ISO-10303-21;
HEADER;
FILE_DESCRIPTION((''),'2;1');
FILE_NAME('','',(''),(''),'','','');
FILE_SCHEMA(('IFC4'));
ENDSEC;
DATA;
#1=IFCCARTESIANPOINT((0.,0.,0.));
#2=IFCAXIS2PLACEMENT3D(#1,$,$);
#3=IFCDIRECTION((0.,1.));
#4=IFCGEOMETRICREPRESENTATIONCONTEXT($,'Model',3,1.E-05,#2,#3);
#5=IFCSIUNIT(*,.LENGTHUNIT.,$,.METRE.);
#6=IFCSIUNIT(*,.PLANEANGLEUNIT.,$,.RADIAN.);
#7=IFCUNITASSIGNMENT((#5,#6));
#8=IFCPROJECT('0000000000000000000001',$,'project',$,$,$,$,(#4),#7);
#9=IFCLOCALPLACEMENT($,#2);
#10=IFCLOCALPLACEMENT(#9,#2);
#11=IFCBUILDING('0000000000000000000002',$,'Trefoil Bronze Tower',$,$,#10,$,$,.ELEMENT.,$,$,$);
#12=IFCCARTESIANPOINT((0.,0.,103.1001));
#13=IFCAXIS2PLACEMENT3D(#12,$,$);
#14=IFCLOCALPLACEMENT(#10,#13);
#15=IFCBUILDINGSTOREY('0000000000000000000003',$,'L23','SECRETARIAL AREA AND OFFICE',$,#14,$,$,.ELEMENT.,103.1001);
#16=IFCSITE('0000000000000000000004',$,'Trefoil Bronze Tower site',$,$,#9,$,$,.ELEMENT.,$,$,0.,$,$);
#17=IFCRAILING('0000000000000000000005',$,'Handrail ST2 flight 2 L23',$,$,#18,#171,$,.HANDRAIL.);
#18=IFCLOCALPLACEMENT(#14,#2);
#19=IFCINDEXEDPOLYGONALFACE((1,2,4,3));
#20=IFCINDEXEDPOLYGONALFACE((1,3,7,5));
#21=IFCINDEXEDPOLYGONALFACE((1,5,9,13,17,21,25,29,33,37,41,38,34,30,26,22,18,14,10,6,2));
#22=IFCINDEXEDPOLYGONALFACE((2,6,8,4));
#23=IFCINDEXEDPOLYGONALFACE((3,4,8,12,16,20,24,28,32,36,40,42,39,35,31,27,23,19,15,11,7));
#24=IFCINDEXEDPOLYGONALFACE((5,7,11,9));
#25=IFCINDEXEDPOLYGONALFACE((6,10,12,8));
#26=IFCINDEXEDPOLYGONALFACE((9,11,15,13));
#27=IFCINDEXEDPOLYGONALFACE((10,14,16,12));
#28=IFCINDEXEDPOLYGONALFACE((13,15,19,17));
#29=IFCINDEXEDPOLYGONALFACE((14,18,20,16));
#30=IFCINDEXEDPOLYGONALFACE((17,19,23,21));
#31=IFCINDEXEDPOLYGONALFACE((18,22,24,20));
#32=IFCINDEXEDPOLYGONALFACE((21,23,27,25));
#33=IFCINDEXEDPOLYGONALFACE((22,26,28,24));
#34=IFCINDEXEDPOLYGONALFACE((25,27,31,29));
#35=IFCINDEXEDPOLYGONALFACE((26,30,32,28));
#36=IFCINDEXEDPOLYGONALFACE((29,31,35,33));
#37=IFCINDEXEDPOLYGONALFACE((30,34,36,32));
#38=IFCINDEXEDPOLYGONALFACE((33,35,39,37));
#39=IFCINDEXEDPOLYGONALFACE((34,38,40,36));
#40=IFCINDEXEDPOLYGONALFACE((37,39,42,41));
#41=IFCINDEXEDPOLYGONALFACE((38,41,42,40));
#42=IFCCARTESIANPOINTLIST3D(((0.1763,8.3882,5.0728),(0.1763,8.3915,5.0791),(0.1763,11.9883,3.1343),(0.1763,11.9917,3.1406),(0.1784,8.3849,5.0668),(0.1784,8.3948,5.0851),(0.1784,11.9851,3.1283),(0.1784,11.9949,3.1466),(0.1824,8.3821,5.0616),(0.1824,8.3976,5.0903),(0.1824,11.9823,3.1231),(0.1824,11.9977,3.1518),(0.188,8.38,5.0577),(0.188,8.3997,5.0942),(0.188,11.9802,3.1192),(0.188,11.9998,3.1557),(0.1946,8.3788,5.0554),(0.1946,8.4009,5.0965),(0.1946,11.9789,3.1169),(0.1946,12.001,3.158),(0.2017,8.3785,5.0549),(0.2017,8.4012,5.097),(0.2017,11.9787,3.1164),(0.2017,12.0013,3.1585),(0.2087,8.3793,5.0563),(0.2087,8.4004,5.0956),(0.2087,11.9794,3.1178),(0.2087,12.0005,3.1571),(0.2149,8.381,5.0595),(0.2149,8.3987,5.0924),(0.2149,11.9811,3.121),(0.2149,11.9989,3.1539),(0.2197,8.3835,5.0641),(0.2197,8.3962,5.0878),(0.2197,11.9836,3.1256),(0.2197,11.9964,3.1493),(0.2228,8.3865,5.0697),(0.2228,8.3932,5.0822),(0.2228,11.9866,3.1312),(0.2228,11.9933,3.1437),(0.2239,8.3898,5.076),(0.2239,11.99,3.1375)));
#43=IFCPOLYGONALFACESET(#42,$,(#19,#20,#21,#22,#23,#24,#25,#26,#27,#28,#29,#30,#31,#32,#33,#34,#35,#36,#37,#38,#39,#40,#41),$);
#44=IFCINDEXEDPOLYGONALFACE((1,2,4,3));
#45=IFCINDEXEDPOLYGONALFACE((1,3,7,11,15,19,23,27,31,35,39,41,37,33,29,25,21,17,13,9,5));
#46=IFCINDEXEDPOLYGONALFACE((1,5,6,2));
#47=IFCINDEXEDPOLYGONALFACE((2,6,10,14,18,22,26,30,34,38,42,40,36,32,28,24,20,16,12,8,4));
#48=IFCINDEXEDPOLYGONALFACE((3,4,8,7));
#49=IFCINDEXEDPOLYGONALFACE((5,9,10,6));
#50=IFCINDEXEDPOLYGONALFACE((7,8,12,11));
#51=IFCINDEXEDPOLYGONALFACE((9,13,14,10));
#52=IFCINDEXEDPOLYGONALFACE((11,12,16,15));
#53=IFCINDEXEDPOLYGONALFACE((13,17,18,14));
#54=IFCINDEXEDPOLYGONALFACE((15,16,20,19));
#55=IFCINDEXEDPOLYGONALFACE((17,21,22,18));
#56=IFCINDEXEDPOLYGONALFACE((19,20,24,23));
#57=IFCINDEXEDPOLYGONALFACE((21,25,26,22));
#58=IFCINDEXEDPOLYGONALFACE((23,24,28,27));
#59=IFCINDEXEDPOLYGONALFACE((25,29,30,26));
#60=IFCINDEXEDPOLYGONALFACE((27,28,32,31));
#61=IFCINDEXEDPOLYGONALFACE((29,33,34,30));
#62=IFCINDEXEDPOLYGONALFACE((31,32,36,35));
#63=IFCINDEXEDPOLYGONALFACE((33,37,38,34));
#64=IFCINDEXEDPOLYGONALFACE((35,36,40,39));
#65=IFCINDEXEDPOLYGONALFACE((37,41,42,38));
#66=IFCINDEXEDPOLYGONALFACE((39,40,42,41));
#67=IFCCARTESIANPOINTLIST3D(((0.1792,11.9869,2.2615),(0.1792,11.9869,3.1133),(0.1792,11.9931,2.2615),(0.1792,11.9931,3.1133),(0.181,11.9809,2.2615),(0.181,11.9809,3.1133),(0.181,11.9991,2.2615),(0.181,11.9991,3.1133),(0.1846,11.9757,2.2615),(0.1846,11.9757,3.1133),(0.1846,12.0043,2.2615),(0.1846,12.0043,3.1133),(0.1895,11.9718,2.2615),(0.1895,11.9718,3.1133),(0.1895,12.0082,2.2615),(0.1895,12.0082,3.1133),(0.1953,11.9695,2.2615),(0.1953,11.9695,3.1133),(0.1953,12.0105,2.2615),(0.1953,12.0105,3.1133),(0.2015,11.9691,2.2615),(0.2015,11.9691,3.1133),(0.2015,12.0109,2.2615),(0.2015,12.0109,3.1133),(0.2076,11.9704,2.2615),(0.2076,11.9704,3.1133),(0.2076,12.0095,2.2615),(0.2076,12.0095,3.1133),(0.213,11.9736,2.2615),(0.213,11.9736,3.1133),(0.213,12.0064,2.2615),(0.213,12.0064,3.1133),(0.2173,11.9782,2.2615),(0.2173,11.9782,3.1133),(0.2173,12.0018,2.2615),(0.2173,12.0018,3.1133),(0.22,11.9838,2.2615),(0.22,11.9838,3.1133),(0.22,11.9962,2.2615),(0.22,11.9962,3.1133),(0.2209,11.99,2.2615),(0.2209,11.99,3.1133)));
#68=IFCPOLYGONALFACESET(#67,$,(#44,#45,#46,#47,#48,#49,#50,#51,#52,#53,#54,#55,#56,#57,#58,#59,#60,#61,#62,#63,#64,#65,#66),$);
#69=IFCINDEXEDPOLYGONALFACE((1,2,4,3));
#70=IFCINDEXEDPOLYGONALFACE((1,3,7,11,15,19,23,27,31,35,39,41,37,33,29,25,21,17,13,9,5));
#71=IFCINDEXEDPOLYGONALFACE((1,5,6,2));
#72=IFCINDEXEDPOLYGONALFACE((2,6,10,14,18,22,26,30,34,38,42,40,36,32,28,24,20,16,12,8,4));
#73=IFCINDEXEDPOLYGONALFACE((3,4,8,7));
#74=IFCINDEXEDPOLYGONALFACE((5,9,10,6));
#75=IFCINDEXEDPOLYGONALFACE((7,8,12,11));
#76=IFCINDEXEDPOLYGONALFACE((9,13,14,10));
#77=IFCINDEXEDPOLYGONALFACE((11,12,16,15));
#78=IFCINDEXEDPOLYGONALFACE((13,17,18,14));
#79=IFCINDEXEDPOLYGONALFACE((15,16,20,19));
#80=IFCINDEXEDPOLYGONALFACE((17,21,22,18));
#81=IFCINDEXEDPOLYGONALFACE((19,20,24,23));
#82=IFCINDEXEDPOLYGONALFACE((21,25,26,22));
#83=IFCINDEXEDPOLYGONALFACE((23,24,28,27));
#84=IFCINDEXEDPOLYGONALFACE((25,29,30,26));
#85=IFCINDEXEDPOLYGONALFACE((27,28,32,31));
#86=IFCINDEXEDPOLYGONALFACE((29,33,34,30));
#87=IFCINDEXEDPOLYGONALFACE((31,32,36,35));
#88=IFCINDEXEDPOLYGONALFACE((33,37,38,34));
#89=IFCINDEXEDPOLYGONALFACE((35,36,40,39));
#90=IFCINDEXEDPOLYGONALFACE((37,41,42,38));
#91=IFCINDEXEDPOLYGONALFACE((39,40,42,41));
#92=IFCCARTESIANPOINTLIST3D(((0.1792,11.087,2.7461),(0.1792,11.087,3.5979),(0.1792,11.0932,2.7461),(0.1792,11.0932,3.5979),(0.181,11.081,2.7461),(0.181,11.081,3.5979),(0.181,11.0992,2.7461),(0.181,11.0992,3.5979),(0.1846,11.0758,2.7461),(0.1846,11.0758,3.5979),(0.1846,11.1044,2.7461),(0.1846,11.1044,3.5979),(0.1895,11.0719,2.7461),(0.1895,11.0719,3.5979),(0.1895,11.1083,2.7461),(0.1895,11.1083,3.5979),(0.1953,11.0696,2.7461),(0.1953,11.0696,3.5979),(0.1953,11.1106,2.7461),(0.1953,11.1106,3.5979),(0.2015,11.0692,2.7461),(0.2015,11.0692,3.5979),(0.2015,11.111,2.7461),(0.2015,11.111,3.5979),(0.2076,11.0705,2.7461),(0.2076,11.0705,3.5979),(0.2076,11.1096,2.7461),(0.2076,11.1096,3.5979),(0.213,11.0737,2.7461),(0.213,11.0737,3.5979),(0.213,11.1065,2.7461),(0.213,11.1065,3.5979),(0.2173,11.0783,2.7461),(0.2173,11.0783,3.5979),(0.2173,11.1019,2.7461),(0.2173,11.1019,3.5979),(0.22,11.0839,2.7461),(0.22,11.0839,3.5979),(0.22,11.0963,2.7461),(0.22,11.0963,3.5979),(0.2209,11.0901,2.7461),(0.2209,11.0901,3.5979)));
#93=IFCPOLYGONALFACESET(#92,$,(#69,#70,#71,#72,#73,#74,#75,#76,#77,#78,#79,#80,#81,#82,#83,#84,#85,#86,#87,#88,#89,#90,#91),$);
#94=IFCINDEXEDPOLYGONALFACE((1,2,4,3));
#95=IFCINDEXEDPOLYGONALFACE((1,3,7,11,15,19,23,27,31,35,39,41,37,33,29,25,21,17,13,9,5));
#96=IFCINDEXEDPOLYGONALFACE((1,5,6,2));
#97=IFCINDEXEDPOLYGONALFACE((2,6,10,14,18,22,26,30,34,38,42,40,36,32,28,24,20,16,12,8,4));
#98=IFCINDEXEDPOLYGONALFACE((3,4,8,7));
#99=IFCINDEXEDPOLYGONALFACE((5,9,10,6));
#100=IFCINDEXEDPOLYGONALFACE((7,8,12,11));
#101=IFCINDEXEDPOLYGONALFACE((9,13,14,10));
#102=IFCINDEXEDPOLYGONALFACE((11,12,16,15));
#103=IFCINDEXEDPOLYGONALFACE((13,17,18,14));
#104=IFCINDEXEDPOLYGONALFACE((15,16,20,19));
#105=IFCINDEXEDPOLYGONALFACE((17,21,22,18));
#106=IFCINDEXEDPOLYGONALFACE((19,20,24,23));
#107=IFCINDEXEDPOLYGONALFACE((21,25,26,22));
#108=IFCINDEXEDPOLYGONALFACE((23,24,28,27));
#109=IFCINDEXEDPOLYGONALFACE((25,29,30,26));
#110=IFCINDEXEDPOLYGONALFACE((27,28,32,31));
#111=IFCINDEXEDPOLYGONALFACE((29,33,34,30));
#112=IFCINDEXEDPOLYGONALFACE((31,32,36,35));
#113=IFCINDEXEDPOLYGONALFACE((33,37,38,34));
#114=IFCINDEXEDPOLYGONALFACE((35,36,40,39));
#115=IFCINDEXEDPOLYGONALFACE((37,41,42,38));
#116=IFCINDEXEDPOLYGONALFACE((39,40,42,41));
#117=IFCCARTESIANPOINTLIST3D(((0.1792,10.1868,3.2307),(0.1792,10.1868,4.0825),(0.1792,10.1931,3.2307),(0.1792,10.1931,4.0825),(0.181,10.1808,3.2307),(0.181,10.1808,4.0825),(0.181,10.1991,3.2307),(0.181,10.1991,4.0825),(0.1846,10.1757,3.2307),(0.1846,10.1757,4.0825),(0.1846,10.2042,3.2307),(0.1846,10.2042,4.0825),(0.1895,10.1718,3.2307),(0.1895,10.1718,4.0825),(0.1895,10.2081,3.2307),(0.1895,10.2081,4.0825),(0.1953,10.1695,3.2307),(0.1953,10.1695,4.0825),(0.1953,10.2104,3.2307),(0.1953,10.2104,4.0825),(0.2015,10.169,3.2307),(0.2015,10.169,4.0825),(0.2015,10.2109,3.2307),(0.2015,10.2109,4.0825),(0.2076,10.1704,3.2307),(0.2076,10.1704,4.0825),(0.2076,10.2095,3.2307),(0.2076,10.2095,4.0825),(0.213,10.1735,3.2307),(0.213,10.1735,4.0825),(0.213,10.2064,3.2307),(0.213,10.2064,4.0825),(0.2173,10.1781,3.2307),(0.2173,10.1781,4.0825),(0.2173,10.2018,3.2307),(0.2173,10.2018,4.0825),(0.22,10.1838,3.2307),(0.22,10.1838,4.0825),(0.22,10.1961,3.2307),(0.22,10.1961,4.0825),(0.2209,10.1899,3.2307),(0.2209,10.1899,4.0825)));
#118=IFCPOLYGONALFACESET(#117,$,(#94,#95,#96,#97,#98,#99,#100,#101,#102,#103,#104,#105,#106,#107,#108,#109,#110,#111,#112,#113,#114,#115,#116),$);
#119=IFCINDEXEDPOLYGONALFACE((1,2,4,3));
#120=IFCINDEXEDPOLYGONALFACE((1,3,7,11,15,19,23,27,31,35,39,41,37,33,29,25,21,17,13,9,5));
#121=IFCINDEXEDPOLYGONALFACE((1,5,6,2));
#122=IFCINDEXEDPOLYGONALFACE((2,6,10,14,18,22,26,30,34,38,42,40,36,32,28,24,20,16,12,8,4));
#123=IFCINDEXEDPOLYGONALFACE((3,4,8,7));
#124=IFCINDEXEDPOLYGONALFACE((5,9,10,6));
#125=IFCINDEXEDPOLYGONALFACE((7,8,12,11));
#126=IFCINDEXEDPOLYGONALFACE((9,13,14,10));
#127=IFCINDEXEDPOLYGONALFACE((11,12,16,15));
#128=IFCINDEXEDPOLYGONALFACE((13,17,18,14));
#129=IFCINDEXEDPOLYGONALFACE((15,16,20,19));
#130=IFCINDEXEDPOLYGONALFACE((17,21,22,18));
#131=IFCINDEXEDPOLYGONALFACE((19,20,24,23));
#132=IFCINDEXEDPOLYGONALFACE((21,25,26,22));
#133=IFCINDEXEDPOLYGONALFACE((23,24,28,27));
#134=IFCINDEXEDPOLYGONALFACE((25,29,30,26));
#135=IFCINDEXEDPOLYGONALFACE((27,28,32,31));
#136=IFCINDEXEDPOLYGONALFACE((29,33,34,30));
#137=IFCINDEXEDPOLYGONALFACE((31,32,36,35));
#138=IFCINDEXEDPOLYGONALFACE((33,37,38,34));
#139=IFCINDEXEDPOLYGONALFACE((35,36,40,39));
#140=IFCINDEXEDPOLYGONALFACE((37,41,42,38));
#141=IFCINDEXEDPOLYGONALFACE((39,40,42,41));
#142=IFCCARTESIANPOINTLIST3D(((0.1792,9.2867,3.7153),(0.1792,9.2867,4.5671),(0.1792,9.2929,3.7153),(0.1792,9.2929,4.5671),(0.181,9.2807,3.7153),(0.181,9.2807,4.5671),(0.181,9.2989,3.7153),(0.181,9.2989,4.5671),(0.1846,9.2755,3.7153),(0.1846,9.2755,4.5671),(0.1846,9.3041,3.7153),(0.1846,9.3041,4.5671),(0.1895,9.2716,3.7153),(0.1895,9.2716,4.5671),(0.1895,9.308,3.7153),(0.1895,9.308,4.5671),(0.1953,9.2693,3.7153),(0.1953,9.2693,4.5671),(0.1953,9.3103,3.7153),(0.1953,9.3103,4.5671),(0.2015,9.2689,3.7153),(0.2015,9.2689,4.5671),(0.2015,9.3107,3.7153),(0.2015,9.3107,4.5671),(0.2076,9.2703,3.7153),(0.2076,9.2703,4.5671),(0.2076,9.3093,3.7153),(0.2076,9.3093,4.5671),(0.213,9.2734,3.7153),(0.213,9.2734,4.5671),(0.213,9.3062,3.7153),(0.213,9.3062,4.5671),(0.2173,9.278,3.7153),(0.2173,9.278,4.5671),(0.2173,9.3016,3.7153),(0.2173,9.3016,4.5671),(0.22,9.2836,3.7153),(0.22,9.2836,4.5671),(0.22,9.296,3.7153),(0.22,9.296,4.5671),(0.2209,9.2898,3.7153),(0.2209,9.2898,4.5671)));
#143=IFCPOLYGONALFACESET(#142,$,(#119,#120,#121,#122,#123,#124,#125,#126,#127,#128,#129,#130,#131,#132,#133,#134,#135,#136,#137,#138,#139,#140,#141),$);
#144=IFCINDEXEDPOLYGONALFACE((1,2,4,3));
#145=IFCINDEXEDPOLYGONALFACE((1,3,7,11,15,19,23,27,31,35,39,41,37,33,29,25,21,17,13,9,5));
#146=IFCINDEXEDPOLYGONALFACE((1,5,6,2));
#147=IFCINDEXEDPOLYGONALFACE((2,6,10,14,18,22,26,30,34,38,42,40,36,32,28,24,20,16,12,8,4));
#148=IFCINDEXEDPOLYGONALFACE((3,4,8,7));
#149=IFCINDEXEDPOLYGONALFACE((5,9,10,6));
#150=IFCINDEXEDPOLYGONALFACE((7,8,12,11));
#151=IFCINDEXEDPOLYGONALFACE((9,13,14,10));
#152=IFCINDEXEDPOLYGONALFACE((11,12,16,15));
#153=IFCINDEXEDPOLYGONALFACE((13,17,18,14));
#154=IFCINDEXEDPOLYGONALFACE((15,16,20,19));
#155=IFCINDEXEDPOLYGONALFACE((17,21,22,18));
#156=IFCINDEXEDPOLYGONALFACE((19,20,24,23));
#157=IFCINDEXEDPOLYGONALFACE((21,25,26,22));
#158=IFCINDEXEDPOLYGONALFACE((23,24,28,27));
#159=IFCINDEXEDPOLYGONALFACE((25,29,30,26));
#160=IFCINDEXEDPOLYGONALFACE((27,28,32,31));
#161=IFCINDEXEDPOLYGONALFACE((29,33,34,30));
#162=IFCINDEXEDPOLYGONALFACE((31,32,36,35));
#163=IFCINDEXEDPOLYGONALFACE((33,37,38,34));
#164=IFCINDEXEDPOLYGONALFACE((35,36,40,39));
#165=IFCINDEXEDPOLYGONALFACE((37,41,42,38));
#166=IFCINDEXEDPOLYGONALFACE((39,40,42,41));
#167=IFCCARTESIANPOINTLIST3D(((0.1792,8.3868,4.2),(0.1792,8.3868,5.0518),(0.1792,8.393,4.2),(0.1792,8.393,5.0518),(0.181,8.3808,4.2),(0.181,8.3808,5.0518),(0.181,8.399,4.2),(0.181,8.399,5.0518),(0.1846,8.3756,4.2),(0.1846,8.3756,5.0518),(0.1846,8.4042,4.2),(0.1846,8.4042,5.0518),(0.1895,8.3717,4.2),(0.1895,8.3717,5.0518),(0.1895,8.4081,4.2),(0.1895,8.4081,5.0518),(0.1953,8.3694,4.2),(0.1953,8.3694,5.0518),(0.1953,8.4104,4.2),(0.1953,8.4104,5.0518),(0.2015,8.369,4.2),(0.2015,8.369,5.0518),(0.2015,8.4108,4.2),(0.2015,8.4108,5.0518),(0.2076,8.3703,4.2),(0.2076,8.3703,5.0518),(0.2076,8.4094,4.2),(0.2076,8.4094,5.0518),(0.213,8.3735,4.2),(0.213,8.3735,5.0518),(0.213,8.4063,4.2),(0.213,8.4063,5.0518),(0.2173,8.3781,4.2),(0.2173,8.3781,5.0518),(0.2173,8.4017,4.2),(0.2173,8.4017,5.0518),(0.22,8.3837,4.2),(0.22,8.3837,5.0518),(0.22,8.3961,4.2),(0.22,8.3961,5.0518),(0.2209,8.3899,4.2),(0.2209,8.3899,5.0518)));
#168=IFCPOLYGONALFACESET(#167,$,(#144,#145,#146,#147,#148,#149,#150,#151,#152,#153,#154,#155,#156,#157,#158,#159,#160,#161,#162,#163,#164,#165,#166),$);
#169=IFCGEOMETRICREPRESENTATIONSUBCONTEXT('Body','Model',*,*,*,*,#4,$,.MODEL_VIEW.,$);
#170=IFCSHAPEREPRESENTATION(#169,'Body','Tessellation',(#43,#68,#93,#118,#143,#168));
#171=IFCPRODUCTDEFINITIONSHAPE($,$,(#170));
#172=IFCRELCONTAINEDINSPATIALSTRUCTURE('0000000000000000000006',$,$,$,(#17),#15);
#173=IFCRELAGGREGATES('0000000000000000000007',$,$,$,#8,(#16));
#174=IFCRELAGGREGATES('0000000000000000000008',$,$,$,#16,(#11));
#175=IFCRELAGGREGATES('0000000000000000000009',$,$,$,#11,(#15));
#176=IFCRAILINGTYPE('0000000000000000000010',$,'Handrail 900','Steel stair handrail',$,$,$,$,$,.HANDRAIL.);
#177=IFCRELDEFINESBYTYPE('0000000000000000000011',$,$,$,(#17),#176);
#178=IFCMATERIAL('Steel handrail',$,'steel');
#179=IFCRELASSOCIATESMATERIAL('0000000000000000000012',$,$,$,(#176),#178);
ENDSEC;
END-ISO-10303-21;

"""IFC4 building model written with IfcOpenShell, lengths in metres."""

from ifc_helpers import new_model, si_unit, direction, frame, origin, origin_2d, place, context, subcontext, project, spatial, circle, extrude, material, type_object, element, save


model = new_model("IFC4")

# Units and contexts
model_context = context("Model", 3, precision=1e-05, world=origin(), true_north=direction((0.0, 1.0)))
body_context = subcontext(model_context, "Body", "Model", "MODEL_VIEW")
ifc_project = project(units=[si_unit("LENGTHUNIT", "METRE"), si_unit("PLANEANGLEUNIT", "RADIAN")], contexts=[model_context])

# Site, building, storey
site_placement = place(None, origin())
site = spatial("IfcSite", under=ifc_project, at=site_placement, Name="Trefoil Bronze Tower site", CompositionType="ELEMENT", RefElevation=0.0)
building_placement = place(site_placement, origin())
building = spatial("IfcBuilding", under=site, at=building_placement, Name="Trefoil Bronze Tower", CompositionType="ELEMENT")
storey_placement = place(building_placement, frame((0.0, 0.0, 103.1001)))
storey = spatial("IfcBuildingStorey", under=building, at=storey_placement, Name="L23", Description="SECRETARIAL AREA AND OFFICE", CompositionType="ELEMENT", Elevation=103.1001)

# Railing
ifc_material_1 = material(Name="Steel handrail", Category="steel")
railing_type = type_object("IfcRailingType", Name="Handrail 900", Description="Steel stair handrail", PredefinedType="HANDRAIL", material=ifc_material_1)
railing_placement = place(storey_placement, frame((0.2, 11.99, 2.2615)))
element("IfcRailing", 1, at=railing_placement, inside=storey, type_object=railing_type, Name="Handrail ST2 flight 2 L23", PredefinedType="HANDRAIL", context=body_context, shape_type="SweptSolid", body=[
    extrude(circle(Radius=0.0239, at=origin_2d()), frame((0.0, 0.0, 0.876), z_axis=(0.0, -0.880475, 0.474093), x_axis=(1.0, 0.0, 0.0)), (0.0, 0.0, 1.0), 4.0889),
    extrude(circle(Radius=0.021, at=origin_2d()), origin(), (0.0, 0.0, 1.0), 0.8518),
    extrude(circle(Radius=0.021, at=origin_2d()), frame((0.0, -0.8999, 0.4846)), (0.0, 0.0, 1.0), 0.8518),
    extrude(circle(Radius=0.021, at=origin_2d()), frame((0.0, -1.8, 0.9692)), (0.0, 0.0, 1.0), 0.8518),
    extrude(circle(Radius=0.021, at=origin_2d()), frame((0.0, -2.7002, 1.4539)), (0.0, 0.0, 1.0), 0.8518),
    extrude(circle(Radius=0.021, at=origin_2d()), frame((0.0, -3.6001, 1.9385)), (0.0, 0.0, 1.0), 0.8518),
])

save(model, "model.ifc")
